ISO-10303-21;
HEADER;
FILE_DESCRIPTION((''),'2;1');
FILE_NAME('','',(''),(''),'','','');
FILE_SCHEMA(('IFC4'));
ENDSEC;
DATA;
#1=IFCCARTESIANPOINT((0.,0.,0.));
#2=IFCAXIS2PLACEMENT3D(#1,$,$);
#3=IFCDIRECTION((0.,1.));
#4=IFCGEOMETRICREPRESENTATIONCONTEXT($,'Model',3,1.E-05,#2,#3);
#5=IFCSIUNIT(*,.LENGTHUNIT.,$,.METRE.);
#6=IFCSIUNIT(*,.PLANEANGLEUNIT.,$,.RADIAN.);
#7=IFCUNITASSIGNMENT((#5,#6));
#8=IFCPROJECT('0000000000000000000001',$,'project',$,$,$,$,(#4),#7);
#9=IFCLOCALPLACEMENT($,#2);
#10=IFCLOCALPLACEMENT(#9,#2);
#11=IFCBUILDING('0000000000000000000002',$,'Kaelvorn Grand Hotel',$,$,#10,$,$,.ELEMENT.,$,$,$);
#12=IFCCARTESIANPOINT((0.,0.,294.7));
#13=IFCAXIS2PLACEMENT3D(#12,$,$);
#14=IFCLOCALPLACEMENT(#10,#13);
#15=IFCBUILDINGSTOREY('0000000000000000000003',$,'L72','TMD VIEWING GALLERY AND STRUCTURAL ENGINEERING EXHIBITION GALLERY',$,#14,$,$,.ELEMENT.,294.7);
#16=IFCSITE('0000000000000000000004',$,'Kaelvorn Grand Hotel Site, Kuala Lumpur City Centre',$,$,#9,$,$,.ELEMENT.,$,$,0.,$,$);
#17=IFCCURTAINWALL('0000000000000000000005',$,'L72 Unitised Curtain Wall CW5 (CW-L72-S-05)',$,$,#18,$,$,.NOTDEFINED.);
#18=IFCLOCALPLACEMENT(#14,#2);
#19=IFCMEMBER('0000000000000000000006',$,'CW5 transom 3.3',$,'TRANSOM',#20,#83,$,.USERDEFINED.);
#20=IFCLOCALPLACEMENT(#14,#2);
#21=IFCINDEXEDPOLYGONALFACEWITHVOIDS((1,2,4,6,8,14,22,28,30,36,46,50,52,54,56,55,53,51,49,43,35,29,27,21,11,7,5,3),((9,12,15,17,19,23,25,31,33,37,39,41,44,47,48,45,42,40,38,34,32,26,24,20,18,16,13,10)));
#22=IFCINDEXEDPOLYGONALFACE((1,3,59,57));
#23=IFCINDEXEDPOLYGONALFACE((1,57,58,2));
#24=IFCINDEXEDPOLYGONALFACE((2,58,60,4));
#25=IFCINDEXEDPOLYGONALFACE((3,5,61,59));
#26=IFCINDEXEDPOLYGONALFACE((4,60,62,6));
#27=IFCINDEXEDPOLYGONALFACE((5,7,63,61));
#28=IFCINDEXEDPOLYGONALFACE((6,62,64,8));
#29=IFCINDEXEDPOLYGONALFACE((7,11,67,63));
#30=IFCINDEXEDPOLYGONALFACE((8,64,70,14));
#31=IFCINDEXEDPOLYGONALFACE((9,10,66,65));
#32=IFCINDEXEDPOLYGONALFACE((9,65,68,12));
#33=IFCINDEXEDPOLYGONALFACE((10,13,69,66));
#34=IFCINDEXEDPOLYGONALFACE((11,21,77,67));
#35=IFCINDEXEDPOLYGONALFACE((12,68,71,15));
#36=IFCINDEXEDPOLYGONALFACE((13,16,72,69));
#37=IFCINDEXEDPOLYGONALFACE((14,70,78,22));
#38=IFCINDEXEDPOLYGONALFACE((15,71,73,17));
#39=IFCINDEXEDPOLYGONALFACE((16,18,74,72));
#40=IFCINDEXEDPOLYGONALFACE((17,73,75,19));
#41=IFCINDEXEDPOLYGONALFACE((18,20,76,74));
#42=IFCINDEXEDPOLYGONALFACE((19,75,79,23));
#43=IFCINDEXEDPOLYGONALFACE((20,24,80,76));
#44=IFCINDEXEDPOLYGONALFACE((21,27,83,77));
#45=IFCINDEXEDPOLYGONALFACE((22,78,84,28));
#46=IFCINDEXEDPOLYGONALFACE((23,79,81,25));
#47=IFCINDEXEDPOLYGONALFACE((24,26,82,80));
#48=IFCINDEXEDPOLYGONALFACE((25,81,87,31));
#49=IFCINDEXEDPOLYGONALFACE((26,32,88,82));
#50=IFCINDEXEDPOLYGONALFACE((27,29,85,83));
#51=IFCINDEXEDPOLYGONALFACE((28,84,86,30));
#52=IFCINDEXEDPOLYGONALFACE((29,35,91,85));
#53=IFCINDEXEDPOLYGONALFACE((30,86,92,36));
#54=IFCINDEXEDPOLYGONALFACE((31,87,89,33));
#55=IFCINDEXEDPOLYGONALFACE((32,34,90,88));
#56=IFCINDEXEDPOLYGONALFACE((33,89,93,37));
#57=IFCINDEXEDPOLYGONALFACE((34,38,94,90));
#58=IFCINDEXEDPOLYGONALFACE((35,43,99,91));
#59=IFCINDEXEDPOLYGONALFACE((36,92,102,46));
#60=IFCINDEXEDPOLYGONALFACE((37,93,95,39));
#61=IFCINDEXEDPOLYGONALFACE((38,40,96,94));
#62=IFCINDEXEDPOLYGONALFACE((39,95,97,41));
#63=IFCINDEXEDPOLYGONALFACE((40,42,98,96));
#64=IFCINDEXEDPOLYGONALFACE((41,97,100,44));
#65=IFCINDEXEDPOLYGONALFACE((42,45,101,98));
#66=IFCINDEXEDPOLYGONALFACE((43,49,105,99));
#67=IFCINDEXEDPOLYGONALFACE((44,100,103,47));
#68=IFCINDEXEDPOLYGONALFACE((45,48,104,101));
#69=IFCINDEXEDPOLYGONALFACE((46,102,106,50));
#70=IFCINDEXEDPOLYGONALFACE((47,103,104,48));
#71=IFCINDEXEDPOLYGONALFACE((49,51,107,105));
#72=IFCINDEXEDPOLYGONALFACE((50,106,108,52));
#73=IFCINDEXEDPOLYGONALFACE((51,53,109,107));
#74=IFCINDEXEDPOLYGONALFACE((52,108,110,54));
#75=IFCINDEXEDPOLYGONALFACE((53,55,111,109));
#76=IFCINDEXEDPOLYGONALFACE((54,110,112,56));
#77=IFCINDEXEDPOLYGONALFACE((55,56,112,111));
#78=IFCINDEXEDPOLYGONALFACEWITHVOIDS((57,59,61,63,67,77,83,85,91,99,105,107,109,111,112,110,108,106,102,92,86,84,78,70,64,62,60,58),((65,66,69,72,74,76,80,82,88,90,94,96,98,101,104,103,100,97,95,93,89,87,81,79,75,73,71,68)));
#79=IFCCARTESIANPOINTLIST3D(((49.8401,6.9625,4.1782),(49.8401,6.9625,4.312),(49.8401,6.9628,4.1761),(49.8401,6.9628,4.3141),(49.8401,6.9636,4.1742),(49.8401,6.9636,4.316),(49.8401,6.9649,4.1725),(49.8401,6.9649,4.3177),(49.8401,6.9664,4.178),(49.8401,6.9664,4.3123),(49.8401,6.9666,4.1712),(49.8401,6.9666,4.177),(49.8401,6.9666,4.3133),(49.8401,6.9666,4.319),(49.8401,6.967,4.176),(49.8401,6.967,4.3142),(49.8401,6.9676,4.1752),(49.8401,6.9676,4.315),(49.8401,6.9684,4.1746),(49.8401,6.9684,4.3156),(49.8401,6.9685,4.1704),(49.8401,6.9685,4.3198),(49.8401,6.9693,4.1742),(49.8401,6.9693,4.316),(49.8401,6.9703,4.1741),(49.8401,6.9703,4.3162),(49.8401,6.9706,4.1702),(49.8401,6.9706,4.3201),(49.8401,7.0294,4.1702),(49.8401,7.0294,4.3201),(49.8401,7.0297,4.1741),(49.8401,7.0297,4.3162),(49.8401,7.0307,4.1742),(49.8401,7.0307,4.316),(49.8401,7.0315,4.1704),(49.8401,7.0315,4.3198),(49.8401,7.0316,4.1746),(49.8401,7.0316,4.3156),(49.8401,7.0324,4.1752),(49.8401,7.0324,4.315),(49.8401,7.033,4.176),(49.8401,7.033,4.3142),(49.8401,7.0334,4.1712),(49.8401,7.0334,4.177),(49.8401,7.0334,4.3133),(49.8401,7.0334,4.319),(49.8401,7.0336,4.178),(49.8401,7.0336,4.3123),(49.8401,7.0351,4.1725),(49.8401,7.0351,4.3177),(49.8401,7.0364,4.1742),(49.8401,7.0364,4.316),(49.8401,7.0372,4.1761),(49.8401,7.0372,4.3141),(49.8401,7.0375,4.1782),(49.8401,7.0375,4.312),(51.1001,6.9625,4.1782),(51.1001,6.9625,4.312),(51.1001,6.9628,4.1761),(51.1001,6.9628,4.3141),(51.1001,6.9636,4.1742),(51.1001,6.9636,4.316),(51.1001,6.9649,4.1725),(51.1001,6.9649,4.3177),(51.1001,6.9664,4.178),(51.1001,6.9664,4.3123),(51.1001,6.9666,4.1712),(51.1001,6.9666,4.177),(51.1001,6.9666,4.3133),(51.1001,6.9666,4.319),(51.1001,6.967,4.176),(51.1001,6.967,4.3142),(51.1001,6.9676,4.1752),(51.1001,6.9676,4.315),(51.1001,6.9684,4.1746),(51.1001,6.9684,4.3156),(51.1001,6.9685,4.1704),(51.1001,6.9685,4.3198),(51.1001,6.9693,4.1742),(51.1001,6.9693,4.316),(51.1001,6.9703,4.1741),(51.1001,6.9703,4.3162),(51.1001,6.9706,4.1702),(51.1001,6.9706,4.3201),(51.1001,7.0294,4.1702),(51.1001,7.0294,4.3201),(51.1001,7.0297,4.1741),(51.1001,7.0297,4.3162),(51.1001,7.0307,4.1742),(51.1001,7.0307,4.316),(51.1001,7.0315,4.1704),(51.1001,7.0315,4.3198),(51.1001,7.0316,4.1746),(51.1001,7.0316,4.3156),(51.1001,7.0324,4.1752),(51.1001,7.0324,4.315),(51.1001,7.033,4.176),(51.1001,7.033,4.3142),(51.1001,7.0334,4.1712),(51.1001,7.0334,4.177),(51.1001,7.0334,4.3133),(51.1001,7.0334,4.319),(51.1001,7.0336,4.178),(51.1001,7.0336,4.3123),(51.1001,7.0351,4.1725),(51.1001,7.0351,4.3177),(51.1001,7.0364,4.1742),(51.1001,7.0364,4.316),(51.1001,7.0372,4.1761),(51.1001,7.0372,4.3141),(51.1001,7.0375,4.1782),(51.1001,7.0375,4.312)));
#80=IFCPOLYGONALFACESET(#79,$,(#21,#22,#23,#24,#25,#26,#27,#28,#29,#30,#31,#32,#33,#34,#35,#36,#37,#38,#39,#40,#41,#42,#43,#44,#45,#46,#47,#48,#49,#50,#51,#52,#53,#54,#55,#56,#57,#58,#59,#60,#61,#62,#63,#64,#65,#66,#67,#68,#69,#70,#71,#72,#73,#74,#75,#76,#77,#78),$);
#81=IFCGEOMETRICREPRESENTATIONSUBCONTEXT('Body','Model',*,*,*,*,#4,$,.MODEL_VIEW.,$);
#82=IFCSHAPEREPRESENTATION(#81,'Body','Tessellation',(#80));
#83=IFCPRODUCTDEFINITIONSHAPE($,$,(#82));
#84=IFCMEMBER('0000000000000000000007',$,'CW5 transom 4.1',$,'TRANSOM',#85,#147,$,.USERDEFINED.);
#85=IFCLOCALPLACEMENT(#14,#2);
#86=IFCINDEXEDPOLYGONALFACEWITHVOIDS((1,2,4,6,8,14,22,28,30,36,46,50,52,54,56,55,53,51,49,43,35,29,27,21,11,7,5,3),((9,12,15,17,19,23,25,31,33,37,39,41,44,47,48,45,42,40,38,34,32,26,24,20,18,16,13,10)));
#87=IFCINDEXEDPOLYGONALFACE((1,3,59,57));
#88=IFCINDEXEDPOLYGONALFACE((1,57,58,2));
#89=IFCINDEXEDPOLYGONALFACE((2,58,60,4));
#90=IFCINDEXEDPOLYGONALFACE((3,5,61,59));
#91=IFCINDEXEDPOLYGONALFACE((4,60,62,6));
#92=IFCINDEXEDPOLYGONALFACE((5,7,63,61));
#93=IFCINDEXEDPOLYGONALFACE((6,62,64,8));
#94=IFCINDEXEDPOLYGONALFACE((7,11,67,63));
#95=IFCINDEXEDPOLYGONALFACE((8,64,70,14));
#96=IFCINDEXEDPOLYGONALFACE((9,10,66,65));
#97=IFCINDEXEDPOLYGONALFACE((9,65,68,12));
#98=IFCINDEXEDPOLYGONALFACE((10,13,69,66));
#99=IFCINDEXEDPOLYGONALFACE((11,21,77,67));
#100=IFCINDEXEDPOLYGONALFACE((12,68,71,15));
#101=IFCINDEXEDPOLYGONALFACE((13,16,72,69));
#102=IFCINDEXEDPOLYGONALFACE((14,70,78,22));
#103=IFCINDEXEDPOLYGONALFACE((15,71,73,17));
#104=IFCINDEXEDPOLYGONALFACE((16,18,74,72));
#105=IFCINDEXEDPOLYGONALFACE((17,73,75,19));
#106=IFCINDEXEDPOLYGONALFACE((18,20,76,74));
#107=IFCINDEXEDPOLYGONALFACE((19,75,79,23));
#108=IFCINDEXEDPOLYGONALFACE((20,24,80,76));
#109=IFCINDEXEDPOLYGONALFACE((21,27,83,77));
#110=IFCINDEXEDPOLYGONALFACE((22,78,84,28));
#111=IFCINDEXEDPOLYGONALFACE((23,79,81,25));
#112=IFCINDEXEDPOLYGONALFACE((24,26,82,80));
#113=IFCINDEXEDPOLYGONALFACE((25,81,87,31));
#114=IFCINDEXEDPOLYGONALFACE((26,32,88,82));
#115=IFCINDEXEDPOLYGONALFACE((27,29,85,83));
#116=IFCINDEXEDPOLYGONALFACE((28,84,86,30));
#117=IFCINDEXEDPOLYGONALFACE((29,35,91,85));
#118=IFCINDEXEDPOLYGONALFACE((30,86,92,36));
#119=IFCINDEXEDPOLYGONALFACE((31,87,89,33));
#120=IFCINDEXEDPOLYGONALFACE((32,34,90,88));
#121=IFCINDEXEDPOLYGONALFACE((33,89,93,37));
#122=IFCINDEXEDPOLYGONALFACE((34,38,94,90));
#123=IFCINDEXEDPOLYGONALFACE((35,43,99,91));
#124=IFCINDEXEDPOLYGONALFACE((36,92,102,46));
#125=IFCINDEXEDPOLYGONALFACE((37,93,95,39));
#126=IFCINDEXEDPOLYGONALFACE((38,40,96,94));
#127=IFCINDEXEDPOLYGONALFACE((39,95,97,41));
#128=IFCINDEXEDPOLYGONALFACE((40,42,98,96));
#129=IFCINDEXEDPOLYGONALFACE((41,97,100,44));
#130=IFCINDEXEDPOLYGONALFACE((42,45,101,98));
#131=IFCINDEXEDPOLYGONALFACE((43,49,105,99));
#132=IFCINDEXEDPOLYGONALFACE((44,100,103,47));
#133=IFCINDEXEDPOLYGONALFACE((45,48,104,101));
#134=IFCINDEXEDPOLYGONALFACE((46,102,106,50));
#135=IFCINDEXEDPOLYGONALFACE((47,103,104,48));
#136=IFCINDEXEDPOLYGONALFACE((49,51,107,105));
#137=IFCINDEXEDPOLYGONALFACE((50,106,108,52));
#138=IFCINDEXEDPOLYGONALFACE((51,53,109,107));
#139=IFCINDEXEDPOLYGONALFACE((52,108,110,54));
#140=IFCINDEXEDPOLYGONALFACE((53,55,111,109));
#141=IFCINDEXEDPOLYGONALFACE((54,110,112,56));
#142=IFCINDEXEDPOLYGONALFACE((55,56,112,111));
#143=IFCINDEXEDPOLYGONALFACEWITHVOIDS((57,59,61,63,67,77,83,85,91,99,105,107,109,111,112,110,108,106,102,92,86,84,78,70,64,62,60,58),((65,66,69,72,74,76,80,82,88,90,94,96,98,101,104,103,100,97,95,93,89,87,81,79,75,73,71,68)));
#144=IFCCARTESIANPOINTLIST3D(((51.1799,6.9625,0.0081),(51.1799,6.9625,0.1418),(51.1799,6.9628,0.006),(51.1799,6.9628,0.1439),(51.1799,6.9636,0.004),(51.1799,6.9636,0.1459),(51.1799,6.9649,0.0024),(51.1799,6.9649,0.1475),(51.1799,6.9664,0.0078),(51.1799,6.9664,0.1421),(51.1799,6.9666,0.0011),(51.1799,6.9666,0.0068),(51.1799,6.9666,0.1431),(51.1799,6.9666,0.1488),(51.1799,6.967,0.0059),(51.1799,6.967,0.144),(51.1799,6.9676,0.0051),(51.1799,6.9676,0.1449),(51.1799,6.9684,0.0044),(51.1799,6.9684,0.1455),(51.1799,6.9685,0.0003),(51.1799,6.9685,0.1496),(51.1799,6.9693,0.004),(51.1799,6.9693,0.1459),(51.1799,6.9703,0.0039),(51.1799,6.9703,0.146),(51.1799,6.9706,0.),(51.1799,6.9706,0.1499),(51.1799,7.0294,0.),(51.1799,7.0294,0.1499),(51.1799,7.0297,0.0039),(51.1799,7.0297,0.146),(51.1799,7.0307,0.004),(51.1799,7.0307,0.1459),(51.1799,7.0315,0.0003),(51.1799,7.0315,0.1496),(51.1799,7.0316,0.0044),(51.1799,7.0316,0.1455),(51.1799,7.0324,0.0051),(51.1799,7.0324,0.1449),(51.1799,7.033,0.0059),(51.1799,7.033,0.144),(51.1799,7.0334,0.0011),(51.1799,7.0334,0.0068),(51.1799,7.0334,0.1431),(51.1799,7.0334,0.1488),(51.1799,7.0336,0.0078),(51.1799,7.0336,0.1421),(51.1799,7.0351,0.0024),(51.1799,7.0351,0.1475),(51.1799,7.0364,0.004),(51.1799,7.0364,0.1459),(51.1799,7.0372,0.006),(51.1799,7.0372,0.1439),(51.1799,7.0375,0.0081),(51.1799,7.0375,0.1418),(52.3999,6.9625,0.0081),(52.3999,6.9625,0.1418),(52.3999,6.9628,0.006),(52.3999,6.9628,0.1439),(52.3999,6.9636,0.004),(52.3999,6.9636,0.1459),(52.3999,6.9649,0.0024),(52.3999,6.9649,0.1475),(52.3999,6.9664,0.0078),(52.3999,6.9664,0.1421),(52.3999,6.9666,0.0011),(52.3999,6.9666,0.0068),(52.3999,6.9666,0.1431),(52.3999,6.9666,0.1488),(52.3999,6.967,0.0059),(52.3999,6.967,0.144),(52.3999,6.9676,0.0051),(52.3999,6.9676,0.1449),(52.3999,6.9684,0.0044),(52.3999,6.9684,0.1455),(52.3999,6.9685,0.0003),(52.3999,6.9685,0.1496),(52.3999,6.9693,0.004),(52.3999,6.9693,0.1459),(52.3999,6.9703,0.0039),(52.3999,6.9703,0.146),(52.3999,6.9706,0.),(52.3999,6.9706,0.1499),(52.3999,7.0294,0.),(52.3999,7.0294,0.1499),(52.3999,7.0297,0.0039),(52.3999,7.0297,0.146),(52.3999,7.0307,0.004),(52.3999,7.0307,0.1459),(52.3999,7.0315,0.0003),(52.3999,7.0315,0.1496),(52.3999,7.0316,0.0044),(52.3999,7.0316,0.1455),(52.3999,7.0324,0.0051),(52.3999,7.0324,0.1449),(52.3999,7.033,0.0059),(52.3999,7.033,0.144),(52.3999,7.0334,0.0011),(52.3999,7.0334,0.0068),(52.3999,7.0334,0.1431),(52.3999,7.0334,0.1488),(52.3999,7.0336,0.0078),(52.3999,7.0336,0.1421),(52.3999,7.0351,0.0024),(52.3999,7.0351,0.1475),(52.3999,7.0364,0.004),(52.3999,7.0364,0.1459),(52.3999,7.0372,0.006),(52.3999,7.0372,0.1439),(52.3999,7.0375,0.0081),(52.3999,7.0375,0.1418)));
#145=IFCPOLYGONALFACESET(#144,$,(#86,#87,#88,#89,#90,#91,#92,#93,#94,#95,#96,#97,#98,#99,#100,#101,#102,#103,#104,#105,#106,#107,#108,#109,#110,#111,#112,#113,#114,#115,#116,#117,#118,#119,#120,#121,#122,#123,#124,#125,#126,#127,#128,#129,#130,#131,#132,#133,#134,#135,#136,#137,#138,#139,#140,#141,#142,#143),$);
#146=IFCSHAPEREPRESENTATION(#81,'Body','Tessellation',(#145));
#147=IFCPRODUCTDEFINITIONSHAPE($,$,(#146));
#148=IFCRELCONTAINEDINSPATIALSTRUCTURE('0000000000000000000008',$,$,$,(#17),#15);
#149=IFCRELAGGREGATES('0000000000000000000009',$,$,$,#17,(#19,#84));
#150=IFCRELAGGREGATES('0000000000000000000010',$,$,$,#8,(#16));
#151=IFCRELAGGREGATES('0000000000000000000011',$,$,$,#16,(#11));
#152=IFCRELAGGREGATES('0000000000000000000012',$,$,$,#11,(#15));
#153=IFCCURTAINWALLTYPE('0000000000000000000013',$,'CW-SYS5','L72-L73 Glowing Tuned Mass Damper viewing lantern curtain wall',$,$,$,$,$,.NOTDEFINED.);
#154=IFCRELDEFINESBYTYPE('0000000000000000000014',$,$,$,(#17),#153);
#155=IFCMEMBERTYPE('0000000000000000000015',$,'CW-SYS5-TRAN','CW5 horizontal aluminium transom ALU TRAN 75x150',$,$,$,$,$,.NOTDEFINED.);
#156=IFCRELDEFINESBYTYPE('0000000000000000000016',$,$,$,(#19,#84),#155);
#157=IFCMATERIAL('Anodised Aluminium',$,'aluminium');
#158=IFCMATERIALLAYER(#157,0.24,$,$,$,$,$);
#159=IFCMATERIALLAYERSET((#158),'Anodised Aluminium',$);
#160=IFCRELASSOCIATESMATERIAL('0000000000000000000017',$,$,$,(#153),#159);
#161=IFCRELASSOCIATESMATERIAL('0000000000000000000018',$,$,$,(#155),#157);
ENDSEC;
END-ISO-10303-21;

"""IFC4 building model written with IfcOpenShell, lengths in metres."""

from ifc_helpers import new_model, si_unit, direction, frame, origin, origin_2d, place, context, subcontext, project, spatial, hollow_rectangle, extrude, material, layer, layer_set, material_profile, profile_set, type_object, element, aggregate, save


model = new_model("IFC4")

# Units and contexts
model_context = context("Model", 3, precision=1e-05, world=origin(), true_north=direction((0.0, 1.0)))
body_context = subcontext(model_context, "Body", "Model", "MODEL_VIEW")
ifc_project = project(units=[si_unit("LENGTHUNIT", "METRE"), si_unit("PLANEANGLEUNIT", "RADIAN")], contexts=[model_context])

# Site, building, storey
site_placement = place(None, origin())
site = spatial("IfcSite", under=ifc_project, at=site_placement, Name="Kaelvorn Grand Hotel Site, Kuala Lumpur City Centre", CompositionType="ELEMENT", RefElevation=0.0)
building_placement = place(site_placement, origin())
building = spatial("IfcBuilding", under=site, at=building_placement, Name="Kaelvorn Grand Hotel", CompositionType="ELEMENT")
storey_placement = place(building_placement, frame((0.0, 0.0, 294.7)))
storey = spatial("IfcBuildingStorey", under=building, at=storey_placement, Name="L72", Description="TMD VIEWING GALLERY AND STRUCTURAL ENGINEERING EXHIBITION GALLERY", CompositionType="ELEMENT", Elevation=294.7)

# Curtain wall, members
ifc_material_1 = material(Name="Anodised Aluminium", Category="aluminium")
ifc_layer_1 = layer(ifc_material_1, 0.24)
ifc_layer_set_1 = layer_set([ifc_layer_1], Name="Anodised Aluminium")
curtain_wall_type = type_object("IfcCurtainWallType", Name="CW-SYS5", Description="L72-L73 Glowing Tuned Mass Damper viewing lantern curtain wall", PredefinedType="NOTDEFINED", material=ifc_layer_set_1)
curtain_wall_placement = place(storey_placement, origin())
curtain_wall = element("IfcCurtainWall", 1, at=curtain_wall_placement, inside=storey, type_object=curtain_wall_type, Name="L72 Unitised Curtain Wall CW5 (CW-L72-S-05)", PredefinedType="NOTDEFINED")
ifc_material_profile_1 = material_profile(ifc_material_1, hollow_rectangle(XDim=0.075, YDim=0.1499, WallThickness=0.0039, InnerFilletRadius=0.0039, OuterFilletRadius=0.0081, at=origin_2d()), Name="ALU TRAN 75x150")
ifc_profile_set_1 = profile_set([ifc_material_profile_1], Name="Anodised Aluminium")
member_type_1 = type_object("IfcMemberType", Name="CW-SYS5-TRAN", Description="CW5 horizontal aluminium transom ALU TRAN 75x150", PredefinedType="NOTDEFINED", material=ifc_profile_set_1)
member_1_placement = place(storey_placement, frame((49.8401, 7.0, 4.2451), z_axis=(1.0, 0.0, 0.0), x_axis=(0.0, 1.0, 0.0)))
member_1 = element("IfcMember", 2, at=member_1_placement, type_object=member_type_1, Name="CW5 transom 3.3", ObjectType="TRANSOM", PredefinedType="USERDEFINED", context=body_context, shape_type="SweptSolid", body=[
    extrude(hollow_rectangle(XDim=0.075, YDim=0.1499, WallThickness=0.0039, InnerFilletRadius=0.0039, OuterFilletRadius=0.0081, at=origin_2d()), origin(), (0.0, 0.0, 1.0), 1.26),
])
member_2_placement = place(storey_placement, frame((51.1799, 7.0, 0.075), z_axis=(1.0, 0.0, 0.0), x_axis=(0.0, 1.0, 0.0)))
member_2 = element("IfcMember", 3, at=member_2_placement, type_object=member_type_1, Name="CW5 transom 4.1", ObjectType="TRANSOM", PredefinedType="USERDEFINED", context=body_context, shape_type="SweptSolid", body=[
    extrude(hollow_rectangle(XDim=0.075, YDim=0.1499, WallThickness=0.0039, InnerFilletRadius=0.0039, OuterFilletRadius=0.0081, at=origin_2d()), origin(), (0.0, 0.0, 1.0), 1.22),
])
aggregate(curtain_wall, [member_1, member_2])

save(model, "model.ifc")
